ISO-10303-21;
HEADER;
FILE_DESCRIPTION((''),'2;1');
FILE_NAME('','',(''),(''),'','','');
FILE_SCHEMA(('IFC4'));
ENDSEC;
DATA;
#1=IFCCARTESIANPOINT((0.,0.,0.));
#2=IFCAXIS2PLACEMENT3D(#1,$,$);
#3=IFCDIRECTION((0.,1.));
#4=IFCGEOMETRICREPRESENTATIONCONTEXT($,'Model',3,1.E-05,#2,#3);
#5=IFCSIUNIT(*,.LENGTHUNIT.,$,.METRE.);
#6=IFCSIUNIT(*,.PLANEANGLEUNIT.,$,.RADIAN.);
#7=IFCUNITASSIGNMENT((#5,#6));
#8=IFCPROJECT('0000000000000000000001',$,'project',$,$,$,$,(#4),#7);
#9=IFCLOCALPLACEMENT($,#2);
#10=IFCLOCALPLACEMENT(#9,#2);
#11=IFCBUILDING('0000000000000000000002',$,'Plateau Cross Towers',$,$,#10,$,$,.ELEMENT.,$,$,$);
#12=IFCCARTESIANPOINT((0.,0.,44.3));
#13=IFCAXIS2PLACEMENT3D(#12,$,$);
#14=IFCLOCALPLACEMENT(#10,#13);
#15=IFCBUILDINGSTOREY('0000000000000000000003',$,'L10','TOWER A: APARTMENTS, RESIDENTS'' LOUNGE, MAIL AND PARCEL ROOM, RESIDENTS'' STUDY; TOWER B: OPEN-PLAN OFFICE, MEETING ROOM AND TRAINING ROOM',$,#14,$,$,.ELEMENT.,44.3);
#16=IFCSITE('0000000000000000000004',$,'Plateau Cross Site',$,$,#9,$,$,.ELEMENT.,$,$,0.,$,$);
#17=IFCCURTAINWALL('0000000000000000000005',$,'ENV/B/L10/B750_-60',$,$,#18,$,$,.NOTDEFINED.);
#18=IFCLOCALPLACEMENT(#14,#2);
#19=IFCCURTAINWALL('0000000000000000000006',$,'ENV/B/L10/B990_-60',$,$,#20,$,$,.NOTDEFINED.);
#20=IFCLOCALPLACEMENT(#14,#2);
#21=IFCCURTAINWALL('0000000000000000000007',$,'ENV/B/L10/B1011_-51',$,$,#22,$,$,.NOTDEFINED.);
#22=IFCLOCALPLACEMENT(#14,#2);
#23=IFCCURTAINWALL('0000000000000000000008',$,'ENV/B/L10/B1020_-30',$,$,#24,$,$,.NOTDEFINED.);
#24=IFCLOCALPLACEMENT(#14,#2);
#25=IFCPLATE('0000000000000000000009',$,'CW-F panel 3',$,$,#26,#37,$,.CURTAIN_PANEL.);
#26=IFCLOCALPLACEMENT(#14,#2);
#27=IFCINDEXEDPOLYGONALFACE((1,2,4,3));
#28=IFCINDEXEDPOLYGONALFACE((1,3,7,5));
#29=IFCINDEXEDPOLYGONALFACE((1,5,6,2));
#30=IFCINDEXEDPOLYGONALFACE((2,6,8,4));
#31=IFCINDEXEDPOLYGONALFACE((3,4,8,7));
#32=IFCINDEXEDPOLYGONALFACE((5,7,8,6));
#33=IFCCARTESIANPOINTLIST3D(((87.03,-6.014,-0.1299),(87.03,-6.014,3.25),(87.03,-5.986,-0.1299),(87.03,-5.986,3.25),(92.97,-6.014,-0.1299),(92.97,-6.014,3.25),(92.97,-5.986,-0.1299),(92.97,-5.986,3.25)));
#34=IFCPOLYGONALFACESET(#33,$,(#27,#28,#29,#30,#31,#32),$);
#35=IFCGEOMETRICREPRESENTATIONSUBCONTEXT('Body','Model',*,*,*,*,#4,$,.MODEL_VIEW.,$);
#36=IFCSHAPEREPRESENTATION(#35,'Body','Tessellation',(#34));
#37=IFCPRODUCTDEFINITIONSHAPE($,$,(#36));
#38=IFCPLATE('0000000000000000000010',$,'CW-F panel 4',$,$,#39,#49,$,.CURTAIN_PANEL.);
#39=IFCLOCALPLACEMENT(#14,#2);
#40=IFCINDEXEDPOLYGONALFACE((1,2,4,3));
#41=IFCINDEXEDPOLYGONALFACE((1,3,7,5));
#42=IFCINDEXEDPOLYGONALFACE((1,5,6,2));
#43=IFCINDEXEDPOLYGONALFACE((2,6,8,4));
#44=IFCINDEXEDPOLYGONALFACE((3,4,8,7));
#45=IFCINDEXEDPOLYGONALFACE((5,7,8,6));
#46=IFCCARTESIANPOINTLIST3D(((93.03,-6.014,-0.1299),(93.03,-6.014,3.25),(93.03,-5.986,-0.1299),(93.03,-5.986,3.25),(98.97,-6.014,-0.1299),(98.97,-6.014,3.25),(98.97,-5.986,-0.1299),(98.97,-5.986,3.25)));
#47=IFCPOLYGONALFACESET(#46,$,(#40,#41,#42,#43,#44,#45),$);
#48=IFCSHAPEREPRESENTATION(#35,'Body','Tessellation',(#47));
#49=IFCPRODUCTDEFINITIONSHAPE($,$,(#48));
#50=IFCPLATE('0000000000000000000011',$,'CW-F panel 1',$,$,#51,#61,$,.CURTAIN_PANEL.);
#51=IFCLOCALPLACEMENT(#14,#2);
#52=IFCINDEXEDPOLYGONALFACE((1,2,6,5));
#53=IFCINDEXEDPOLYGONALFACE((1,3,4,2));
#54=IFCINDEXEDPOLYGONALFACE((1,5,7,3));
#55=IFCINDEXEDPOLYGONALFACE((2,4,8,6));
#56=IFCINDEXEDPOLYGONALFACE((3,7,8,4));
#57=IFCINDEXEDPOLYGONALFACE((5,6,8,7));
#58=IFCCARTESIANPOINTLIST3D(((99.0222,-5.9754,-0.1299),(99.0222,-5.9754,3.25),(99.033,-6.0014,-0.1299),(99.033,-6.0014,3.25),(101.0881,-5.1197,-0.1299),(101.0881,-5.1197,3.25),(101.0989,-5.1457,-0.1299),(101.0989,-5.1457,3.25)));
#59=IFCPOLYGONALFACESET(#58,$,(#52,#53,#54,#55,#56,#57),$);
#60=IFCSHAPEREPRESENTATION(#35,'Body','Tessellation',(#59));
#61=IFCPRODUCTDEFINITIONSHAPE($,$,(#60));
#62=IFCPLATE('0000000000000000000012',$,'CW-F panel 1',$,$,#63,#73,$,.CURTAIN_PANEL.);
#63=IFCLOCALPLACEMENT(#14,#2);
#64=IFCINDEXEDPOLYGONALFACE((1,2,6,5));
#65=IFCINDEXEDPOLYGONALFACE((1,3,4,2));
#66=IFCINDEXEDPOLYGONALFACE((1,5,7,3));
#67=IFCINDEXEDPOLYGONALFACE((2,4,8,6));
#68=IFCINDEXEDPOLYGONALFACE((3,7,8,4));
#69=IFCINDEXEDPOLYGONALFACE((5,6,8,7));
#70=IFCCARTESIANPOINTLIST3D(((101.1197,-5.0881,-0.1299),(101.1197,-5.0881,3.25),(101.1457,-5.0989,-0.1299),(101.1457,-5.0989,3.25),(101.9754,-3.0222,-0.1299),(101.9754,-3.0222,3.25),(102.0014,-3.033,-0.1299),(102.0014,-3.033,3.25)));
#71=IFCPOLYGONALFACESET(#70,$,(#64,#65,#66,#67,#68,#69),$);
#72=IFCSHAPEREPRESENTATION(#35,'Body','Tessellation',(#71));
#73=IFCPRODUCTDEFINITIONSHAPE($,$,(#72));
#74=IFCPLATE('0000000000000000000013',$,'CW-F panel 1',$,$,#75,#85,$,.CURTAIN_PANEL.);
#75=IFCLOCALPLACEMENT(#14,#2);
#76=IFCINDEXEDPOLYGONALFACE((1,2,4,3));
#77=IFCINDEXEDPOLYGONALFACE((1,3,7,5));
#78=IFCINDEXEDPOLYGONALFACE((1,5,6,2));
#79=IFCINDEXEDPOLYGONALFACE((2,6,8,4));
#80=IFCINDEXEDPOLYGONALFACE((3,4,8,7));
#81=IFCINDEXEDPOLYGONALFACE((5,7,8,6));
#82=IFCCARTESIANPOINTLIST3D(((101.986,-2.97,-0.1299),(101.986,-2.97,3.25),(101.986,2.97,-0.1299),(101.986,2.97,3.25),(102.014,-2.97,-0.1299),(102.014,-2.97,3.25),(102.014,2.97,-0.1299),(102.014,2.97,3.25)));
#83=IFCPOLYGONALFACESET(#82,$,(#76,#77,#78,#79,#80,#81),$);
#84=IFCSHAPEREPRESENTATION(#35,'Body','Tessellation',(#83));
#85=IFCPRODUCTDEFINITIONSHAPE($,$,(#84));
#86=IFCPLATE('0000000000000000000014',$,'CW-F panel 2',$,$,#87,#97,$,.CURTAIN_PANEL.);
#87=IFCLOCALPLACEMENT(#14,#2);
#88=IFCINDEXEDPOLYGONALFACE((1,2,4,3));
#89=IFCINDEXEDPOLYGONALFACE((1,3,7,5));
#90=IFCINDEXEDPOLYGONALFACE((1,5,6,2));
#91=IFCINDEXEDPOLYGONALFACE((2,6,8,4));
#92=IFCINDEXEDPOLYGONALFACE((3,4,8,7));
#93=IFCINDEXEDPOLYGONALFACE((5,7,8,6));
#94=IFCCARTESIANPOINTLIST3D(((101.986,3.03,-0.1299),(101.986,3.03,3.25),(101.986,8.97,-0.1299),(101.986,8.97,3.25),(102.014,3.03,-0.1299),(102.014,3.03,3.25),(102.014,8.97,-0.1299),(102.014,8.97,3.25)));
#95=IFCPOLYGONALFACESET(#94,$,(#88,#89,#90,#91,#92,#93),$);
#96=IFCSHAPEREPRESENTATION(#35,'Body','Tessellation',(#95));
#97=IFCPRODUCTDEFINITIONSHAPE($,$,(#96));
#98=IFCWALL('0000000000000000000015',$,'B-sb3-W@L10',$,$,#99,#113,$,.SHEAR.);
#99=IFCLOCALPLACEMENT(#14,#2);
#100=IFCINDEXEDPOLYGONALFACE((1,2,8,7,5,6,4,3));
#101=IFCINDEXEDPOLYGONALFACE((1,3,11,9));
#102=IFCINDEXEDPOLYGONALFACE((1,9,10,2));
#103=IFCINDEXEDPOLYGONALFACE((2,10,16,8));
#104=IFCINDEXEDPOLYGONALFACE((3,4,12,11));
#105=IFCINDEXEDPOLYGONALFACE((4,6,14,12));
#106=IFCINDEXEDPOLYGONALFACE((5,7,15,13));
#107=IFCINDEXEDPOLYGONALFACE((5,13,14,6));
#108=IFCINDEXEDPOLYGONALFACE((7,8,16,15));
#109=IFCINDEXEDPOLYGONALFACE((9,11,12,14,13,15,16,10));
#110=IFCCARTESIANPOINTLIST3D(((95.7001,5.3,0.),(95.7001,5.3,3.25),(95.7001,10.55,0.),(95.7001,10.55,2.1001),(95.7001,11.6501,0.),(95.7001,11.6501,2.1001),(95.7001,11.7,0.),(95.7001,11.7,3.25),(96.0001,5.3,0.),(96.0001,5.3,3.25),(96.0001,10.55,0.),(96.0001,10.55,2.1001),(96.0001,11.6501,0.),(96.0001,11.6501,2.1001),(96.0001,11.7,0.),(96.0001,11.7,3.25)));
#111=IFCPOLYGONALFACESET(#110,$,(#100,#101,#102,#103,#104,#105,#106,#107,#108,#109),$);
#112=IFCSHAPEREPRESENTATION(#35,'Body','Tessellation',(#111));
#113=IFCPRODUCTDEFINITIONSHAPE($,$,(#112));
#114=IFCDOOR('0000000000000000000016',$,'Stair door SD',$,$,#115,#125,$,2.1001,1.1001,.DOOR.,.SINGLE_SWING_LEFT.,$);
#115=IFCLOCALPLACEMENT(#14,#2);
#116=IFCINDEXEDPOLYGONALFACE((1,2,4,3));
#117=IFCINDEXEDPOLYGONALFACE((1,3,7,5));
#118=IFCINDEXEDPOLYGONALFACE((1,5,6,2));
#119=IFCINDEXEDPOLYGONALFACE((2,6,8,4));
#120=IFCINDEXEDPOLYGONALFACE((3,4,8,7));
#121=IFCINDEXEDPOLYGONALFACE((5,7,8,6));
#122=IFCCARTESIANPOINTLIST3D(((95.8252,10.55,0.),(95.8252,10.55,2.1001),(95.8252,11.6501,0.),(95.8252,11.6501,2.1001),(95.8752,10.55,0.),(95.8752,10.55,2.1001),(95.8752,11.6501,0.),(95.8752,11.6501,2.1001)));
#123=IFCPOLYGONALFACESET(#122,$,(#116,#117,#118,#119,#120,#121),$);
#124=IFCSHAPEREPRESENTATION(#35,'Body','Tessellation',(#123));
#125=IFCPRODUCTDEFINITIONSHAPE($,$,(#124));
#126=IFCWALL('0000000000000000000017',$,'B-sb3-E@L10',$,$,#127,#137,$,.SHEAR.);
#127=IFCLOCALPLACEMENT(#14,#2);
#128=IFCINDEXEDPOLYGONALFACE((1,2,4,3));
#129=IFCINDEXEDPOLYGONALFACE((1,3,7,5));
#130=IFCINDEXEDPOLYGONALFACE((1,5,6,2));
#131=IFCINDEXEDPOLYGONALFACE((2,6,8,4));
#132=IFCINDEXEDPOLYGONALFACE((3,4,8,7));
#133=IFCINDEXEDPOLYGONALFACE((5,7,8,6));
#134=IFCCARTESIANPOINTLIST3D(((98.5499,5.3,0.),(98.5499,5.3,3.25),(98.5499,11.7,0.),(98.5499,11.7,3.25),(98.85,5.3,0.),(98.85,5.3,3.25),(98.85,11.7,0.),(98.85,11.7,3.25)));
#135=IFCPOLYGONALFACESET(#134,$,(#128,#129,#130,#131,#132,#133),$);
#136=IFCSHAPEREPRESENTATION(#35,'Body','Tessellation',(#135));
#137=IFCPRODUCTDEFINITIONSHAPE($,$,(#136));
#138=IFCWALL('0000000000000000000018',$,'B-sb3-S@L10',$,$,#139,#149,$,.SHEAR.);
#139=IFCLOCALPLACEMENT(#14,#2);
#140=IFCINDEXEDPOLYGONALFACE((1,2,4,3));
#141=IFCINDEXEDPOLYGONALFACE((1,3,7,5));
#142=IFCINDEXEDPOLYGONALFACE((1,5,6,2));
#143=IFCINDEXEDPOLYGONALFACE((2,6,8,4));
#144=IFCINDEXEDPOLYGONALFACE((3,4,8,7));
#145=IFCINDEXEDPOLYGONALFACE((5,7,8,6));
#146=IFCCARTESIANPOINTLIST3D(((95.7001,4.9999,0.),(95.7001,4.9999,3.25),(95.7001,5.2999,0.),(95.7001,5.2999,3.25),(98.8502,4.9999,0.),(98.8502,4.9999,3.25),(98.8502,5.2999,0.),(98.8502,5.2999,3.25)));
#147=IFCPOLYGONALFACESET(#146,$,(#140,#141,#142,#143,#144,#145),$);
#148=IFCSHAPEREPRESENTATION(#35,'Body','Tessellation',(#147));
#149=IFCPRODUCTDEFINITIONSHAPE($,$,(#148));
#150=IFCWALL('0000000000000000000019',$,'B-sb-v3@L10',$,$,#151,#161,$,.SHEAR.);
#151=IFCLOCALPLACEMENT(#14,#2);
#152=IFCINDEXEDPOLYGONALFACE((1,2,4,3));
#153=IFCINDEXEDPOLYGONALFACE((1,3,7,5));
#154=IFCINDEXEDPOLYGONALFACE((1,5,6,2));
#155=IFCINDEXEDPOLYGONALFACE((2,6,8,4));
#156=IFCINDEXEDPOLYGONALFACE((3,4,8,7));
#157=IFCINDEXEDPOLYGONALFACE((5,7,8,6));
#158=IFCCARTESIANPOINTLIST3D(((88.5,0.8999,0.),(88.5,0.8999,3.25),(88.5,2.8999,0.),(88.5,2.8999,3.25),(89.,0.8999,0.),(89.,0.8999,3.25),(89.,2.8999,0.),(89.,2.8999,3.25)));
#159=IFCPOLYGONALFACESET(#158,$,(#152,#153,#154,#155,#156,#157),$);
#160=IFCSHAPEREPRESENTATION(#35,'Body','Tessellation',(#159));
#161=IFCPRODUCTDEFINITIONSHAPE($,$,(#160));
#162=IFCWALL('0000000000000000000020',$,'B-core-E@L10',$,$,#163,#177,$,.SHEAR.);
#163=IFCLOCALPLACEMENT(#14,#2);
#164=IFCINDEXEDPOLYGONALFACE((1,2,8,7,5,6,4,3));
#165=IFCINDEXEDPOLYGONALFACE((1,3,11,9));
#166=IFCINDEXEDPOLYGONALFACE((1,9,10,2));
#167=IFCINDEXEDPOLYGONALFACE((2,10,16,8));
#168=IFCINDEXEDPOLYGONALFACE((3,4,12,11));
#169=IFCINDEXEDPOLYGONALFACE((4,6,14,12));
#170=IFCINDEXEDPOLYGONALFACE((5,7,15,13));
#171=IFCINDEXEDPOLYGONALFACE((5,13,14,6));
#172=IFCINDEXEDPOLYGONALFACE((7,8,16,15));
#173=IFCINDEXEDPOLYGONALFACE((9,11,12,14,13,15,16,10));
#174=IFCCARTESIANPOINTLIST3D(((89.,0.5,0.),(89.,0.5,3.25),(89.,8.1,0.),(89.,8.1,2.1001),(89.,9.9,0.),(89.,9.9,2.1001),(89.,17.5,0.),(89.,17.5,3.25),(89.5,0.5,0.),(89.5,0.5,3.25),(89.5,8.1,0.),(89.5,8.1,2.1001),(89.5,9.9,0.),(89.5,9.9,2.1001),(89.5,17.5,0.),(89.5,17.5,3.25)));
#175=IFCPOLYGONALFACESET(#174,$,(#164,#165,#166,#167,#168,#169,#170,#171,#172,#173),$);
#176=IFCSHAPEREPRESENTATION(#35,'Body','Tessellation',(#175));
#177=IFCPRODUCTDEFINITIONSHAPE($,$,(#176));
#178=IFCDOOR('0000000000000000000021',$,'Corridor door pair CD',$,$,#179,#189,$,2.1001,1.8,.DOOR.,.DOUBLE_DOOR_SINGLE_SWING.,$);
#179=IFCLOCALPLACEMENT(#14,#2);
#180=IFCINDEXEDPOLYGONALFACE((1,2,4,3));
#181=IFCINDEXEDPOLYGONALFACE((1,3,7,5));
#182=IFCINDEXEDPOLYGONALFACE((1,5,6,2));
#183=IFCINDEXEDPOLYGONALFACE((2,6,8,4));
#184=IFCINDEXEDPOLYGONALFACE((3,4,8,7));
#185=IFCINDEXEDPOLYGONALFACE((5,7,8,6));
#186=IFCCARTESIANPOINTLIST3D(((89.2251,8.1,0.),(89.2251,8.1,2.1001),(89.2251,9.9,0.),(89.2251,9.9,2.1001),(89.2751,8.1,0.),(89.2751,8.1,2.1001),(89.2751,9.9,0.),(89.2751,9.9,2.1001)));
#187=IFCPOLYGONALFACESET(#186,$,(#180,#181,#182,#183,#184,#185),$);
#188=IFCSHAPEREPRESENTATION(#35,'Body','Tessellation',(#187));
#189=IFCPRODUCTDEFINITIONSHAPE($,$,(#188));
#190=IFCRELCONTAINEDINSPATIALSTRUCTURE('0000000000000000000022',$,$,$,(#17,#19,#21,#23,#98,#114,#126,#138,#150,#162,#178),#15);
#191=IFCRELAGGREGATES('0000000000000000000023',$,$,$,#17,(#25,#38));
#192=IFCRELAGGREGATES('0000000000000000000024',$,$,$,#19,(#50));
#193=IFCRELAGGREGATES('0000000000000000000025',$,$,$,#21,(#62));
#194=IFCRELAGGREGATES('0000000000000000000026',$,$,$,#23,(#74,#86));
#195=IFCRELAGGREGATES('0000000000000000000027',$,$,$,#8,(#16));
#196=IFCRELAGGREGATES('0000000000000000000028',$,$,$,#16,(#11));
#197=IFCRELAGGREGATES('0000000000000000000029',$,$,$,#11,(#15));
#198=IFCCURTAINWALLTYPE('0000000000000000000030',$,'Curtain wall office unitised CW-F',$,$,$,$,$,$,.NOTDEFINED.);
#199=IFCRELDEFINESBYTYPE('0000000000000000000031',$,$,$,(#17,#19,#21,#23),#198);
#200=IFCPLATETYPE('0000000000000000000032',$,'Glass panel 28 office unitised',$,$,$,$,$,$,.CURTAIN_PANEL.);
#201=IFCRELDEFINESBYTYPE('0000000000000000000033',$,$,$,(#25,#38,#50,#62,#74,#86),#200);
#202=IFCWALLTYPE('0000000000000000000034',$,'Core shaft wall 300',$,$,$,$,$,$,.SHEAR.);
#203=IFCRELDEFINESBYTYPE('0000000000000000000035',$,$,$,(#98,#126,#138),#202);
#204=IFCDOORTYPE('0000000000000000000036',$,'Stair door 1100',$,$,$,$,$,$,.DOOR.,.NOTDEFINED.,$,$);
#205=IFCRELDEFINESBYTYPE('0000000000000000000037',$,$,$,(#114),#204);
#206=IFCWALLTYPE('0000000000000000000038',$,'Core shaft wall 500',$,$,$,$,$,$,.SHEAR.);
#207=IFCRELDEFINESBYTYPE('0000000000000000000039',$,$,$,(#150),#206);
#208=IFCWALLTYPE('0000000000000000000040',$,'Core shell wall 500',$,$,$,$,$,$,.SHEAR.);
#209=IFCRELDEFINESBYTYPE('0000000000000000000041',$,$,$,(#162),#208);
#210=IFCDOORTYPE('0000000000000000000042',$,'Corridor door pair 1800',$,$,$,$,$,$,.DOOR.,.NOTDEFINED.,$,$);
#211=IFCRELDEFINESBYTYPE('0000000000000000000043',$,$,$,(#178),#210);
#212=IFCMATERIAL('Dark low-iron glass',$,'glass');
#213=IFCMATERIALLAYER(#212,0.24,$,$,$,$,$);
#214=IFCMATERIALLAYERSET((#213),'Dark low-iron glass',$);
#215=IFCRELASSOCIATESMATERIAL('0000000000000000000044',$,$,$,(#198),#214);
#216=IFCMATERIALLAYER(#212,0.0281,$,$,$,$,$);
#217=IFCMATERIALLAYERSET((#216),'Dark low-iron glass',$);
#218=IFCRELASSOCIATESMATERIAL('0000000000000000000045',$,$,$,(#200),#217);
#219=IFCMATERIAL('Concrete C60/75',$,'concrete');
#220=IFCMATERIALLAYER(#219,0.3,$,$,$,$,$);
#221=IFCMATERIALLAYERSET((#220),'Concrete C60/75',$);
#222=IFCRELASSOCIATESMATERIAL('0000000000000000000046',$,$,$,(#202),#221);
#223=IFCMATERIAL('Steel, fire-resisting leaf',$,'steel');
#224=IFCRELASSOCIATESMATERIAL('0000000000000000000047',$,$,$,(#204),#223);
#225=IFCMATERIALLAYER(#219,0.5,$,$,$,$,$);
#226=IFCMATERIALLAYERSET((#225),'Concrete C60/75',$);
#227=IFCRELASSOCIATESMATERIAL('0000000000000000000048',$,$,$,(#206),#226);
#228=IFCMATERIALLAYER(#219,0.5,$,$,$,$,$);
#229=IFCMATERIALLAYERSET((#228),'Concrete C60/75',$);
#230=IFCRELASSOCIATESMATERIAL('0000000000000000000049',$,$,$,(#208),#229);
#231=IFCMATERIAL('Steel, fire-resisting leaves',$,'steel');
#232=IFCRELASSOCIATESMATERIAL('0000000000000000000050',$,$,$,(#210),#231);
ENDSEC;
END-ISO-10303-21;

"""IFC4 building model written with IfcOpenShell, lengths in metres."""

from ifc_helpers import new_model, si_unit, direction, frame, frame_2d, origin, origin_2d, place, context, subcontext, project, spatial, rectangle, extrude, material, layer, layer_set, type_object, element, fill, aggregate, save


model = new_model("IFC4")

# Units and contexts
model_context = context("Model", 3, precision=1e-05, world=origin(), true_north=direction((0.0, 1.0)))
body_context = subcontext(model_context, "Body", "Model", "MODEL_VIEW")
ifc_project = project(units=[si_unit("LENGTHUNIT", "METRE"), si_unit("PLANEANGLEUNIT", "RADIAN")], contexts=[model_context])

# Site, building, storey
site_placement = place(None, origin())
site = spatial("IfcSite", under=ifc_project, at=site_placement, Name="Plateau Cross Site", CompositionType="ELEMENT", RefElevation=0.0)
building_placement = place(site_placement, origin())
building = spatial("IfcBuilding", under=site, at=building_placement, Name="Plateau Cross Towers", CompositionType="ELEMENT")
storey_placement = place(building_placement, frame((0.0, 0.0, 44.3)))
storey = spatial("IfcBuildingStorey", under=building, at=storey_placement, Name="L10", Description="TOWER A: APARTMENTS, RESIDENTS' LOUNGE, MAIL AND PARCEL ROOM, RESIDENTS' STUDY; TOWER B: OPEN-PLAN OFFICE, MEETING ROOM AND TRAINING ROOM", CompositionType="ELEMENT", Elevation=44.3)

# Shared definitions
ifc_material_1 = material(Name="Concrete C60/75", Category="concrete")

# Curtain walls
ifc_material_2 = material(Name="Dark low-iron glass", Category="glass")
ifc_layer_1 = layer(ifc_material_2, 0.24)
ifc_layer_set_1 = layer_set([ifc_layer_1], Name="Dark low-iron glass")
curtain_wall_type = type_object("IfcCurtainWallType", Name="Curtain wall office unitised CW-F", PredefinedType="NOTDEFINED", material=ifc_layer_set_1)
curtain_wall_1_placement = place(storey_placement, origin())
curtain_wall_1 = element("IfcCurtainWall", 1, at=curtain_wall_1_placement, inside=storey, type_object=curtain_wall_type, Name="ENV/B/L10/B750_-60", PredefinedType="NOTDEFINED")
curtain_wall_2_placement = place(storey_placement, origin())
curtain_wall_2 = element("IfcCurtainWall", 2, at=curtain_wall_2_placement, inside=storey, type_object=curtain_wall_type, Name="ENV/B/L10/B990_-60", PredefinedType="NOTDEFINED")
curtain_wall_3_placement = place(storey_placement, origin())
curtain_wall_3 = element("IfcCurtainWall", 3, at=curtain_wall_3_placement, inside=storey, type_object=curtain_wall_type, Name="ENV/B/L10/B1011_-51", PredefinedType="NOTDEFINED")

# Curtain wall
curtain_wall_4_placement = place(storey_placement, origin())
curtain_wall_4 = element("IfcCurtainWall", 4, at=curtain_wall_4_placement, inside=storey, type_object=curtain_wall_type, Name="ENV/B/L10/B1020_-30", PredefinedType="NOTDEFINED")

# Plates
ifc_layer_2 = layer(ifc_material_2, 0.0281)
ifc_layer_set_2 = layer_set([ifc_layer_2], Name="Dark low-iron glass")
plate_type = type_object("IfcPlateType", Name="Glass panel 28 office unitised", PredefinedType="CURTAIN_PANEL", material=ifc_layer_set_2)
plate_1_placement = place(storey_placement, frame((90.0, -6.0, -0.1299), z_axis=(0.0, 0.0, 1.0), x_axis=(1.0, 0.0, 0.0)))
plate_1 = element("IfcPlate", 5, at=plate_1_placement, type_object=plate_type, Name="CW-F panel 3", PredefinedType="CURTAIN_PANEL", context=body_context, shape_type="SweptSolid", body=[
    extrude(rectangle(XDim=5.9399, YDim=0.0281, at=origin_2d()), origin(), (0.0, 0.0, 1.0), 3.3799),
])
plate_2_placement = place(storey_placement, frame((96.0, -6.0, -0.1299), z_axis=(0.0, 0.0, 1.0), x_axis=(1.0, 0.0, 0.0)))
plate_2 = element("IfcPlate", 6, at=plate_2_placement, type_object=plate_type, Name="CW-F panel 4", PredefinedType="CURTAIN_PANEL", context=body_context, shape_type="SweptSolid", body=[
    extrude(rectangle(XDim=5.9399, YDim=0.0281, at=origin_2d()), origin(), (0.0, 0.0, 1.0), 3.3799),
])
aggregate(curtain_wall_1, [plate_1, plate_2])
plate_3_placement = place(storey_placement, frame((100.0605, -5.5605, -0.1299), z_axis=(0.0, 0.0, 1.0), x_axis=(0.923879, 0.382684, 0.0)))
plate_3 = element("IfcPlate", 7, at=plate_3_placement, type_object=plate_type, Name="CW-F panel 1", PredefinedType="CURTAIN_PANEL", context=body_context, shape_type="SweptSolid", body=[
    extrude(rectangle(XDim=2.2361, YDim=0.0281, at=origin_2d()), origin(), (0.0, 0.0, 1.0), 3.3799),
])
aggregate(curtain_wall_2, [plate_3])
plate_4_placement = place(storey_placement, frame((101.5605, -4.0605, -0.1299), z_axis=(0.0, 0.0, 1.0), x_axis=(0.382684, 0.923879, 0.0)))
plate_4 = element("IfcPlate", 8, at=plate_4_placement, type_object=plate_type, Name="CW-F panel 1", PredefinedType="CURTAIN_PANEL", context=body_context, shape_type="SweptSolid", body=[
    extrude(rectangle(XDim=2.2361, YDim=0.0281, at=origin_2d()), origin(), (0.0, 0.0, 1.0), 3.3799),
])
aggregate(curtain_wall_3, [plate_4])
plate_5_placement = place(storey_placement, frame((102.0, 0.0, -0.1299), z_axis=(0.0, 0.0, 1.0), x_axis=(0.0, 1.0, 0.0)))
plate_5 = element("IfcPlate", 9, at=plate_5_placement, type_object=plate_type, Name="CW-F panel 1", PredefinedType="CURTAIN_PANEL", context=body_context, shape_type="SweptSolid", body=[
    extrude(rectangle(XDim=5.9399, YDim=0.0281, at=origin_2d()), origin(), (0.0, 0.0, 1.0), 3.3799),
])
plate_6_placement = place(storey_placement, frame((102.0, 6.0, -0.1299), z_axis=(0.0, 0.0, 1.0), x_axis=(0.0, 1.0, 0.0)))
plate_6 = element("IfcPlate", 10, at=plate_6_placement, type_object=plate_type, Name="CW-F panel 2", PredefinedType="CURTAIN_PANEL", context=body_context, shape_type="SweptSolid", body=[
    extrude(rectangle(XDim=5.9399, YDim=0.0281, at=origin_2d()), origin(), (0.0, 0.0, 1.0), 3.3799),
])
aggregate(curtain_wall_4, [plate_5, plate_6])

# Wall, opening, door
ifc_layer_3 = layer(ifc_material_1, 0.3)
ifc_layer_set_3 = layer_set([ifc_layer_3], Name="Concrete C60/75")
wall_type_1 = type_object("IfcWallType", Name="Core shaft wall 300", PredefinedType="SHEAR", material=ifc_layer_set_3)
wall_1_placement = place(storey_placement, frame((95.8501, 5.3, 0.0), z_axis=(0.0, 0.0, 1.0), x_axis=(0.0, 1.0, 0.0)))
wall_1 = element("IfcWall", 11, at=wall_1_placement, inside=storey, type_object=wall_type_1, Name="B-sb3-W@L10", PredefinedType="SHEAR", context=body_context, shape_type="SweptSolid", body=[
    extrude(rectangle(XDim=6.3999, YDim=0.3, at=frame_2d((3.2, 0.0))), origin(), (0.0, 0.0, 1.0), 3.25),
])
opening_1_placement = place(wall_1_placement, frame((5.25, 0.0, 0.0)))
opening_1 = element("IfcOpeningElement", 12, at=opening_1_placement, cuts=wall_1, PredefinedType="OPENING", context=body_context, shape_type="SweptSolid", body=[
    extrude(rectangle(XDim=1.1001, YDim=2.1001, at=frame_2d((0.55, 1.05))), frame((0.0, 0.1599, 0.0), z_axis=(0.0, -1.0, 0.0), x_axis=(1.0, 0.0, 0.0)), (0.0, 0.0, 1.0), 0.3201),
])
ifc_material_3 = material(Name="Steel, fire-resisting leaf", Category="steel")
door_type_1 = type_object("IfcDoorType", Name="Stair door 1100", OperationType="NOTDEFINED", PredefinedType="DOOR", material=ifc_material_3)
door_1_placement = place(opening_1_placement, origin())
door_1 = element("IfcDoor", 13, at=door_1_placement, inside=storey, type_object=door_type_1, Name="Stair door SD", OperationType="SINGLE_SWING_LEFT", OverallHeight=2.1001, OverallWidth=1.1001, PredefinedType="DOOR", context=body_context, shape_type="SweptSolid", body=[
    extrude(rectangle(XDim=1.1001, YDim=2.1001, at=frame_2d((0.55, 1.05))), frame((0.0, 0.0249, 0.0), z_axis=(0.0, -1.0, 0.0), x_axis=(1.0, 0.0, 0.0)), (0.0, 0.0, 1.0), 0.05),
])
fill(opening_1, door_1)

# Walls
wall_2_placement = place(storey_placement, frame((98.7, 5.3, 0.0), z_axis=(0.0, 0.0, 1.0), x_axis=(0.0, 1.0, 0.0)))
element("IfcWall", 14, at=wall_2_placement, inside=storey, type_object=wall_type_1, Name="B-sb3-E@L10", PredefinedType="SHEAR", context=body_context, shape_type="SweptSolid", body=[
    extrude(rectangle(XDim=6.3999, YDim=0.3, at=frame_2d((3.2, 0.0))), origin(), (0.0, 0.0, 1.0), 3.25),
])
wall_3_placement = place(storey_placement, frame((95.7, 5.1499, 0.0), z_axis=(0.0, 0.0, 1.0), x_axis=(1.0, 0.0, 0.0)))
element("IfcWall", 15, at=wall_3_placement, inside=storey, type_object=wall_type_1, Name="B-sb3-S@L10", PredefinedType="SHEAR", context=body_context, shape_type="SweptSolid", body=[
    extrude(rectangle(XDim=3.1501, YDim=0.3, at=frame_2d((1.5752, 0.0))), origin(), (0.0, 0.0, 1.0), 3.25),
])
ifc_layer_4 = layer(ifc_material_1, 0.5)
ifc_layer_set_4 = layer_set([ifc_layer_4], Name="Concrete C60/75")
wall_type_2 = type_object("IfcWallType", Name="Core shaft wall 500", PredefinedType="SHEAR", material=ifc_layer_set_4)
wall_4_placement = place(storey_placement, frame((88.75, 0.8999, 0.0), z_axis=(0.0, 0.0, 1.0), x_axis=(0.0, 1.0, 0.0)))
element("IfcWall", 16, at=wall_4_placement, inside=storey, type_object=wall_type_2, Name="B-sb-v3@L10", PredefinedType="SHEAR", context=body_context, shape_type="SweptSolid", body=[
    extrude(rectangle(XDim=2.0, YDim=0.5, at=frame_2d((1.0, 0.0))), origin(), (0.0, 0.0, 1.0), 3.25),
])

# Wall, opening, door
ifc_layer_5 = layer(ifc_material_1, 0.5)
ifc_layer_set_5 = layer_set([ifc_layer_5], Name="Concrete C60/75")
wall_type_3 = type_object("IfcWallType", Name="Core shell wall 500", PredefinedType="SHEAR", material=ifc_layer_set_5)
wall_5_placement = place(storey_placement, frame((89.25, 0.5, 0.0), z_axis=(0.0, 0.0, 1.0), x_axis=(0.0, 1.0, 0.0)))
wall_5 = element("IfcWall", 17, at=wall_5_placement, inside=storey, type_object=wall_type_3, Name="B-core-E@L10", PredefinedType="SHEAR", context=body_context, shape_type="SweptSolid", body=[
    extrude(rectangle(XDim=17.0, YDim=0.5, at=frame_2d((8.5, 0.0))), origin(), (0.0, 0.0, 1.0), 3.25),
])
opening_2_placement = place(wall_5_placement, frame((7.6001, 0.0, 0.0)))
opening_2 = element("IfcOpeningElement", 18, at=opening_2_placement, cuts=wall_5, PredefinedType="OPENING", context=body_context, shape_type="SweptSolid", body=[
    extrude(rectangle(XDim=1.8, YDim=2.1001, at=frame_2d((0.8999, 1.05))), frame((0.0, 0.26, 0.0), z_axis=(0.0, -1.0, 0.0), x_axis=(1.0, 0.0, 0.0)), (0.0, 0.0, 1.0), 0.52),
])
ifc_material_4 = material(Name="Steel, fire-resisting leaves", Category="steel")
door_type_2 = type_object("IfcDoorType", Name="Corridor door pair 1800", OperationType="NOTDEFINED", PredefinedType="DOOR", material=ifc_material_4)
door_2_placement = place(opening_2_placement, origin())
door_2 = element("IfcDoor", 19, at=door_2_placement, inside=storey, type_object=door_type_2, Name="Corridor door pair CD", OperationType="DOUBLE_DOOR_SINGLE_SWING", OverallHeight=2.1001, OverallWidth=1.8, PredefinedType="DOOR", context=body_context, shape_type="SweptSolid", body=[
    extrude(rectangle(XDim=1.8, YDim=2.1001, at=frame_2d((0.8999, 1.05))), frame((0.0, 0.0249, 0.0), z_axis=(0.0, -1.0, 0.0), x_axis=(1.0, 0.0, 0.0)), (0.0, 0.0, 1.0), 0.05),
])
fill(opening_2, door_2)

save(model, "model.ifc")
